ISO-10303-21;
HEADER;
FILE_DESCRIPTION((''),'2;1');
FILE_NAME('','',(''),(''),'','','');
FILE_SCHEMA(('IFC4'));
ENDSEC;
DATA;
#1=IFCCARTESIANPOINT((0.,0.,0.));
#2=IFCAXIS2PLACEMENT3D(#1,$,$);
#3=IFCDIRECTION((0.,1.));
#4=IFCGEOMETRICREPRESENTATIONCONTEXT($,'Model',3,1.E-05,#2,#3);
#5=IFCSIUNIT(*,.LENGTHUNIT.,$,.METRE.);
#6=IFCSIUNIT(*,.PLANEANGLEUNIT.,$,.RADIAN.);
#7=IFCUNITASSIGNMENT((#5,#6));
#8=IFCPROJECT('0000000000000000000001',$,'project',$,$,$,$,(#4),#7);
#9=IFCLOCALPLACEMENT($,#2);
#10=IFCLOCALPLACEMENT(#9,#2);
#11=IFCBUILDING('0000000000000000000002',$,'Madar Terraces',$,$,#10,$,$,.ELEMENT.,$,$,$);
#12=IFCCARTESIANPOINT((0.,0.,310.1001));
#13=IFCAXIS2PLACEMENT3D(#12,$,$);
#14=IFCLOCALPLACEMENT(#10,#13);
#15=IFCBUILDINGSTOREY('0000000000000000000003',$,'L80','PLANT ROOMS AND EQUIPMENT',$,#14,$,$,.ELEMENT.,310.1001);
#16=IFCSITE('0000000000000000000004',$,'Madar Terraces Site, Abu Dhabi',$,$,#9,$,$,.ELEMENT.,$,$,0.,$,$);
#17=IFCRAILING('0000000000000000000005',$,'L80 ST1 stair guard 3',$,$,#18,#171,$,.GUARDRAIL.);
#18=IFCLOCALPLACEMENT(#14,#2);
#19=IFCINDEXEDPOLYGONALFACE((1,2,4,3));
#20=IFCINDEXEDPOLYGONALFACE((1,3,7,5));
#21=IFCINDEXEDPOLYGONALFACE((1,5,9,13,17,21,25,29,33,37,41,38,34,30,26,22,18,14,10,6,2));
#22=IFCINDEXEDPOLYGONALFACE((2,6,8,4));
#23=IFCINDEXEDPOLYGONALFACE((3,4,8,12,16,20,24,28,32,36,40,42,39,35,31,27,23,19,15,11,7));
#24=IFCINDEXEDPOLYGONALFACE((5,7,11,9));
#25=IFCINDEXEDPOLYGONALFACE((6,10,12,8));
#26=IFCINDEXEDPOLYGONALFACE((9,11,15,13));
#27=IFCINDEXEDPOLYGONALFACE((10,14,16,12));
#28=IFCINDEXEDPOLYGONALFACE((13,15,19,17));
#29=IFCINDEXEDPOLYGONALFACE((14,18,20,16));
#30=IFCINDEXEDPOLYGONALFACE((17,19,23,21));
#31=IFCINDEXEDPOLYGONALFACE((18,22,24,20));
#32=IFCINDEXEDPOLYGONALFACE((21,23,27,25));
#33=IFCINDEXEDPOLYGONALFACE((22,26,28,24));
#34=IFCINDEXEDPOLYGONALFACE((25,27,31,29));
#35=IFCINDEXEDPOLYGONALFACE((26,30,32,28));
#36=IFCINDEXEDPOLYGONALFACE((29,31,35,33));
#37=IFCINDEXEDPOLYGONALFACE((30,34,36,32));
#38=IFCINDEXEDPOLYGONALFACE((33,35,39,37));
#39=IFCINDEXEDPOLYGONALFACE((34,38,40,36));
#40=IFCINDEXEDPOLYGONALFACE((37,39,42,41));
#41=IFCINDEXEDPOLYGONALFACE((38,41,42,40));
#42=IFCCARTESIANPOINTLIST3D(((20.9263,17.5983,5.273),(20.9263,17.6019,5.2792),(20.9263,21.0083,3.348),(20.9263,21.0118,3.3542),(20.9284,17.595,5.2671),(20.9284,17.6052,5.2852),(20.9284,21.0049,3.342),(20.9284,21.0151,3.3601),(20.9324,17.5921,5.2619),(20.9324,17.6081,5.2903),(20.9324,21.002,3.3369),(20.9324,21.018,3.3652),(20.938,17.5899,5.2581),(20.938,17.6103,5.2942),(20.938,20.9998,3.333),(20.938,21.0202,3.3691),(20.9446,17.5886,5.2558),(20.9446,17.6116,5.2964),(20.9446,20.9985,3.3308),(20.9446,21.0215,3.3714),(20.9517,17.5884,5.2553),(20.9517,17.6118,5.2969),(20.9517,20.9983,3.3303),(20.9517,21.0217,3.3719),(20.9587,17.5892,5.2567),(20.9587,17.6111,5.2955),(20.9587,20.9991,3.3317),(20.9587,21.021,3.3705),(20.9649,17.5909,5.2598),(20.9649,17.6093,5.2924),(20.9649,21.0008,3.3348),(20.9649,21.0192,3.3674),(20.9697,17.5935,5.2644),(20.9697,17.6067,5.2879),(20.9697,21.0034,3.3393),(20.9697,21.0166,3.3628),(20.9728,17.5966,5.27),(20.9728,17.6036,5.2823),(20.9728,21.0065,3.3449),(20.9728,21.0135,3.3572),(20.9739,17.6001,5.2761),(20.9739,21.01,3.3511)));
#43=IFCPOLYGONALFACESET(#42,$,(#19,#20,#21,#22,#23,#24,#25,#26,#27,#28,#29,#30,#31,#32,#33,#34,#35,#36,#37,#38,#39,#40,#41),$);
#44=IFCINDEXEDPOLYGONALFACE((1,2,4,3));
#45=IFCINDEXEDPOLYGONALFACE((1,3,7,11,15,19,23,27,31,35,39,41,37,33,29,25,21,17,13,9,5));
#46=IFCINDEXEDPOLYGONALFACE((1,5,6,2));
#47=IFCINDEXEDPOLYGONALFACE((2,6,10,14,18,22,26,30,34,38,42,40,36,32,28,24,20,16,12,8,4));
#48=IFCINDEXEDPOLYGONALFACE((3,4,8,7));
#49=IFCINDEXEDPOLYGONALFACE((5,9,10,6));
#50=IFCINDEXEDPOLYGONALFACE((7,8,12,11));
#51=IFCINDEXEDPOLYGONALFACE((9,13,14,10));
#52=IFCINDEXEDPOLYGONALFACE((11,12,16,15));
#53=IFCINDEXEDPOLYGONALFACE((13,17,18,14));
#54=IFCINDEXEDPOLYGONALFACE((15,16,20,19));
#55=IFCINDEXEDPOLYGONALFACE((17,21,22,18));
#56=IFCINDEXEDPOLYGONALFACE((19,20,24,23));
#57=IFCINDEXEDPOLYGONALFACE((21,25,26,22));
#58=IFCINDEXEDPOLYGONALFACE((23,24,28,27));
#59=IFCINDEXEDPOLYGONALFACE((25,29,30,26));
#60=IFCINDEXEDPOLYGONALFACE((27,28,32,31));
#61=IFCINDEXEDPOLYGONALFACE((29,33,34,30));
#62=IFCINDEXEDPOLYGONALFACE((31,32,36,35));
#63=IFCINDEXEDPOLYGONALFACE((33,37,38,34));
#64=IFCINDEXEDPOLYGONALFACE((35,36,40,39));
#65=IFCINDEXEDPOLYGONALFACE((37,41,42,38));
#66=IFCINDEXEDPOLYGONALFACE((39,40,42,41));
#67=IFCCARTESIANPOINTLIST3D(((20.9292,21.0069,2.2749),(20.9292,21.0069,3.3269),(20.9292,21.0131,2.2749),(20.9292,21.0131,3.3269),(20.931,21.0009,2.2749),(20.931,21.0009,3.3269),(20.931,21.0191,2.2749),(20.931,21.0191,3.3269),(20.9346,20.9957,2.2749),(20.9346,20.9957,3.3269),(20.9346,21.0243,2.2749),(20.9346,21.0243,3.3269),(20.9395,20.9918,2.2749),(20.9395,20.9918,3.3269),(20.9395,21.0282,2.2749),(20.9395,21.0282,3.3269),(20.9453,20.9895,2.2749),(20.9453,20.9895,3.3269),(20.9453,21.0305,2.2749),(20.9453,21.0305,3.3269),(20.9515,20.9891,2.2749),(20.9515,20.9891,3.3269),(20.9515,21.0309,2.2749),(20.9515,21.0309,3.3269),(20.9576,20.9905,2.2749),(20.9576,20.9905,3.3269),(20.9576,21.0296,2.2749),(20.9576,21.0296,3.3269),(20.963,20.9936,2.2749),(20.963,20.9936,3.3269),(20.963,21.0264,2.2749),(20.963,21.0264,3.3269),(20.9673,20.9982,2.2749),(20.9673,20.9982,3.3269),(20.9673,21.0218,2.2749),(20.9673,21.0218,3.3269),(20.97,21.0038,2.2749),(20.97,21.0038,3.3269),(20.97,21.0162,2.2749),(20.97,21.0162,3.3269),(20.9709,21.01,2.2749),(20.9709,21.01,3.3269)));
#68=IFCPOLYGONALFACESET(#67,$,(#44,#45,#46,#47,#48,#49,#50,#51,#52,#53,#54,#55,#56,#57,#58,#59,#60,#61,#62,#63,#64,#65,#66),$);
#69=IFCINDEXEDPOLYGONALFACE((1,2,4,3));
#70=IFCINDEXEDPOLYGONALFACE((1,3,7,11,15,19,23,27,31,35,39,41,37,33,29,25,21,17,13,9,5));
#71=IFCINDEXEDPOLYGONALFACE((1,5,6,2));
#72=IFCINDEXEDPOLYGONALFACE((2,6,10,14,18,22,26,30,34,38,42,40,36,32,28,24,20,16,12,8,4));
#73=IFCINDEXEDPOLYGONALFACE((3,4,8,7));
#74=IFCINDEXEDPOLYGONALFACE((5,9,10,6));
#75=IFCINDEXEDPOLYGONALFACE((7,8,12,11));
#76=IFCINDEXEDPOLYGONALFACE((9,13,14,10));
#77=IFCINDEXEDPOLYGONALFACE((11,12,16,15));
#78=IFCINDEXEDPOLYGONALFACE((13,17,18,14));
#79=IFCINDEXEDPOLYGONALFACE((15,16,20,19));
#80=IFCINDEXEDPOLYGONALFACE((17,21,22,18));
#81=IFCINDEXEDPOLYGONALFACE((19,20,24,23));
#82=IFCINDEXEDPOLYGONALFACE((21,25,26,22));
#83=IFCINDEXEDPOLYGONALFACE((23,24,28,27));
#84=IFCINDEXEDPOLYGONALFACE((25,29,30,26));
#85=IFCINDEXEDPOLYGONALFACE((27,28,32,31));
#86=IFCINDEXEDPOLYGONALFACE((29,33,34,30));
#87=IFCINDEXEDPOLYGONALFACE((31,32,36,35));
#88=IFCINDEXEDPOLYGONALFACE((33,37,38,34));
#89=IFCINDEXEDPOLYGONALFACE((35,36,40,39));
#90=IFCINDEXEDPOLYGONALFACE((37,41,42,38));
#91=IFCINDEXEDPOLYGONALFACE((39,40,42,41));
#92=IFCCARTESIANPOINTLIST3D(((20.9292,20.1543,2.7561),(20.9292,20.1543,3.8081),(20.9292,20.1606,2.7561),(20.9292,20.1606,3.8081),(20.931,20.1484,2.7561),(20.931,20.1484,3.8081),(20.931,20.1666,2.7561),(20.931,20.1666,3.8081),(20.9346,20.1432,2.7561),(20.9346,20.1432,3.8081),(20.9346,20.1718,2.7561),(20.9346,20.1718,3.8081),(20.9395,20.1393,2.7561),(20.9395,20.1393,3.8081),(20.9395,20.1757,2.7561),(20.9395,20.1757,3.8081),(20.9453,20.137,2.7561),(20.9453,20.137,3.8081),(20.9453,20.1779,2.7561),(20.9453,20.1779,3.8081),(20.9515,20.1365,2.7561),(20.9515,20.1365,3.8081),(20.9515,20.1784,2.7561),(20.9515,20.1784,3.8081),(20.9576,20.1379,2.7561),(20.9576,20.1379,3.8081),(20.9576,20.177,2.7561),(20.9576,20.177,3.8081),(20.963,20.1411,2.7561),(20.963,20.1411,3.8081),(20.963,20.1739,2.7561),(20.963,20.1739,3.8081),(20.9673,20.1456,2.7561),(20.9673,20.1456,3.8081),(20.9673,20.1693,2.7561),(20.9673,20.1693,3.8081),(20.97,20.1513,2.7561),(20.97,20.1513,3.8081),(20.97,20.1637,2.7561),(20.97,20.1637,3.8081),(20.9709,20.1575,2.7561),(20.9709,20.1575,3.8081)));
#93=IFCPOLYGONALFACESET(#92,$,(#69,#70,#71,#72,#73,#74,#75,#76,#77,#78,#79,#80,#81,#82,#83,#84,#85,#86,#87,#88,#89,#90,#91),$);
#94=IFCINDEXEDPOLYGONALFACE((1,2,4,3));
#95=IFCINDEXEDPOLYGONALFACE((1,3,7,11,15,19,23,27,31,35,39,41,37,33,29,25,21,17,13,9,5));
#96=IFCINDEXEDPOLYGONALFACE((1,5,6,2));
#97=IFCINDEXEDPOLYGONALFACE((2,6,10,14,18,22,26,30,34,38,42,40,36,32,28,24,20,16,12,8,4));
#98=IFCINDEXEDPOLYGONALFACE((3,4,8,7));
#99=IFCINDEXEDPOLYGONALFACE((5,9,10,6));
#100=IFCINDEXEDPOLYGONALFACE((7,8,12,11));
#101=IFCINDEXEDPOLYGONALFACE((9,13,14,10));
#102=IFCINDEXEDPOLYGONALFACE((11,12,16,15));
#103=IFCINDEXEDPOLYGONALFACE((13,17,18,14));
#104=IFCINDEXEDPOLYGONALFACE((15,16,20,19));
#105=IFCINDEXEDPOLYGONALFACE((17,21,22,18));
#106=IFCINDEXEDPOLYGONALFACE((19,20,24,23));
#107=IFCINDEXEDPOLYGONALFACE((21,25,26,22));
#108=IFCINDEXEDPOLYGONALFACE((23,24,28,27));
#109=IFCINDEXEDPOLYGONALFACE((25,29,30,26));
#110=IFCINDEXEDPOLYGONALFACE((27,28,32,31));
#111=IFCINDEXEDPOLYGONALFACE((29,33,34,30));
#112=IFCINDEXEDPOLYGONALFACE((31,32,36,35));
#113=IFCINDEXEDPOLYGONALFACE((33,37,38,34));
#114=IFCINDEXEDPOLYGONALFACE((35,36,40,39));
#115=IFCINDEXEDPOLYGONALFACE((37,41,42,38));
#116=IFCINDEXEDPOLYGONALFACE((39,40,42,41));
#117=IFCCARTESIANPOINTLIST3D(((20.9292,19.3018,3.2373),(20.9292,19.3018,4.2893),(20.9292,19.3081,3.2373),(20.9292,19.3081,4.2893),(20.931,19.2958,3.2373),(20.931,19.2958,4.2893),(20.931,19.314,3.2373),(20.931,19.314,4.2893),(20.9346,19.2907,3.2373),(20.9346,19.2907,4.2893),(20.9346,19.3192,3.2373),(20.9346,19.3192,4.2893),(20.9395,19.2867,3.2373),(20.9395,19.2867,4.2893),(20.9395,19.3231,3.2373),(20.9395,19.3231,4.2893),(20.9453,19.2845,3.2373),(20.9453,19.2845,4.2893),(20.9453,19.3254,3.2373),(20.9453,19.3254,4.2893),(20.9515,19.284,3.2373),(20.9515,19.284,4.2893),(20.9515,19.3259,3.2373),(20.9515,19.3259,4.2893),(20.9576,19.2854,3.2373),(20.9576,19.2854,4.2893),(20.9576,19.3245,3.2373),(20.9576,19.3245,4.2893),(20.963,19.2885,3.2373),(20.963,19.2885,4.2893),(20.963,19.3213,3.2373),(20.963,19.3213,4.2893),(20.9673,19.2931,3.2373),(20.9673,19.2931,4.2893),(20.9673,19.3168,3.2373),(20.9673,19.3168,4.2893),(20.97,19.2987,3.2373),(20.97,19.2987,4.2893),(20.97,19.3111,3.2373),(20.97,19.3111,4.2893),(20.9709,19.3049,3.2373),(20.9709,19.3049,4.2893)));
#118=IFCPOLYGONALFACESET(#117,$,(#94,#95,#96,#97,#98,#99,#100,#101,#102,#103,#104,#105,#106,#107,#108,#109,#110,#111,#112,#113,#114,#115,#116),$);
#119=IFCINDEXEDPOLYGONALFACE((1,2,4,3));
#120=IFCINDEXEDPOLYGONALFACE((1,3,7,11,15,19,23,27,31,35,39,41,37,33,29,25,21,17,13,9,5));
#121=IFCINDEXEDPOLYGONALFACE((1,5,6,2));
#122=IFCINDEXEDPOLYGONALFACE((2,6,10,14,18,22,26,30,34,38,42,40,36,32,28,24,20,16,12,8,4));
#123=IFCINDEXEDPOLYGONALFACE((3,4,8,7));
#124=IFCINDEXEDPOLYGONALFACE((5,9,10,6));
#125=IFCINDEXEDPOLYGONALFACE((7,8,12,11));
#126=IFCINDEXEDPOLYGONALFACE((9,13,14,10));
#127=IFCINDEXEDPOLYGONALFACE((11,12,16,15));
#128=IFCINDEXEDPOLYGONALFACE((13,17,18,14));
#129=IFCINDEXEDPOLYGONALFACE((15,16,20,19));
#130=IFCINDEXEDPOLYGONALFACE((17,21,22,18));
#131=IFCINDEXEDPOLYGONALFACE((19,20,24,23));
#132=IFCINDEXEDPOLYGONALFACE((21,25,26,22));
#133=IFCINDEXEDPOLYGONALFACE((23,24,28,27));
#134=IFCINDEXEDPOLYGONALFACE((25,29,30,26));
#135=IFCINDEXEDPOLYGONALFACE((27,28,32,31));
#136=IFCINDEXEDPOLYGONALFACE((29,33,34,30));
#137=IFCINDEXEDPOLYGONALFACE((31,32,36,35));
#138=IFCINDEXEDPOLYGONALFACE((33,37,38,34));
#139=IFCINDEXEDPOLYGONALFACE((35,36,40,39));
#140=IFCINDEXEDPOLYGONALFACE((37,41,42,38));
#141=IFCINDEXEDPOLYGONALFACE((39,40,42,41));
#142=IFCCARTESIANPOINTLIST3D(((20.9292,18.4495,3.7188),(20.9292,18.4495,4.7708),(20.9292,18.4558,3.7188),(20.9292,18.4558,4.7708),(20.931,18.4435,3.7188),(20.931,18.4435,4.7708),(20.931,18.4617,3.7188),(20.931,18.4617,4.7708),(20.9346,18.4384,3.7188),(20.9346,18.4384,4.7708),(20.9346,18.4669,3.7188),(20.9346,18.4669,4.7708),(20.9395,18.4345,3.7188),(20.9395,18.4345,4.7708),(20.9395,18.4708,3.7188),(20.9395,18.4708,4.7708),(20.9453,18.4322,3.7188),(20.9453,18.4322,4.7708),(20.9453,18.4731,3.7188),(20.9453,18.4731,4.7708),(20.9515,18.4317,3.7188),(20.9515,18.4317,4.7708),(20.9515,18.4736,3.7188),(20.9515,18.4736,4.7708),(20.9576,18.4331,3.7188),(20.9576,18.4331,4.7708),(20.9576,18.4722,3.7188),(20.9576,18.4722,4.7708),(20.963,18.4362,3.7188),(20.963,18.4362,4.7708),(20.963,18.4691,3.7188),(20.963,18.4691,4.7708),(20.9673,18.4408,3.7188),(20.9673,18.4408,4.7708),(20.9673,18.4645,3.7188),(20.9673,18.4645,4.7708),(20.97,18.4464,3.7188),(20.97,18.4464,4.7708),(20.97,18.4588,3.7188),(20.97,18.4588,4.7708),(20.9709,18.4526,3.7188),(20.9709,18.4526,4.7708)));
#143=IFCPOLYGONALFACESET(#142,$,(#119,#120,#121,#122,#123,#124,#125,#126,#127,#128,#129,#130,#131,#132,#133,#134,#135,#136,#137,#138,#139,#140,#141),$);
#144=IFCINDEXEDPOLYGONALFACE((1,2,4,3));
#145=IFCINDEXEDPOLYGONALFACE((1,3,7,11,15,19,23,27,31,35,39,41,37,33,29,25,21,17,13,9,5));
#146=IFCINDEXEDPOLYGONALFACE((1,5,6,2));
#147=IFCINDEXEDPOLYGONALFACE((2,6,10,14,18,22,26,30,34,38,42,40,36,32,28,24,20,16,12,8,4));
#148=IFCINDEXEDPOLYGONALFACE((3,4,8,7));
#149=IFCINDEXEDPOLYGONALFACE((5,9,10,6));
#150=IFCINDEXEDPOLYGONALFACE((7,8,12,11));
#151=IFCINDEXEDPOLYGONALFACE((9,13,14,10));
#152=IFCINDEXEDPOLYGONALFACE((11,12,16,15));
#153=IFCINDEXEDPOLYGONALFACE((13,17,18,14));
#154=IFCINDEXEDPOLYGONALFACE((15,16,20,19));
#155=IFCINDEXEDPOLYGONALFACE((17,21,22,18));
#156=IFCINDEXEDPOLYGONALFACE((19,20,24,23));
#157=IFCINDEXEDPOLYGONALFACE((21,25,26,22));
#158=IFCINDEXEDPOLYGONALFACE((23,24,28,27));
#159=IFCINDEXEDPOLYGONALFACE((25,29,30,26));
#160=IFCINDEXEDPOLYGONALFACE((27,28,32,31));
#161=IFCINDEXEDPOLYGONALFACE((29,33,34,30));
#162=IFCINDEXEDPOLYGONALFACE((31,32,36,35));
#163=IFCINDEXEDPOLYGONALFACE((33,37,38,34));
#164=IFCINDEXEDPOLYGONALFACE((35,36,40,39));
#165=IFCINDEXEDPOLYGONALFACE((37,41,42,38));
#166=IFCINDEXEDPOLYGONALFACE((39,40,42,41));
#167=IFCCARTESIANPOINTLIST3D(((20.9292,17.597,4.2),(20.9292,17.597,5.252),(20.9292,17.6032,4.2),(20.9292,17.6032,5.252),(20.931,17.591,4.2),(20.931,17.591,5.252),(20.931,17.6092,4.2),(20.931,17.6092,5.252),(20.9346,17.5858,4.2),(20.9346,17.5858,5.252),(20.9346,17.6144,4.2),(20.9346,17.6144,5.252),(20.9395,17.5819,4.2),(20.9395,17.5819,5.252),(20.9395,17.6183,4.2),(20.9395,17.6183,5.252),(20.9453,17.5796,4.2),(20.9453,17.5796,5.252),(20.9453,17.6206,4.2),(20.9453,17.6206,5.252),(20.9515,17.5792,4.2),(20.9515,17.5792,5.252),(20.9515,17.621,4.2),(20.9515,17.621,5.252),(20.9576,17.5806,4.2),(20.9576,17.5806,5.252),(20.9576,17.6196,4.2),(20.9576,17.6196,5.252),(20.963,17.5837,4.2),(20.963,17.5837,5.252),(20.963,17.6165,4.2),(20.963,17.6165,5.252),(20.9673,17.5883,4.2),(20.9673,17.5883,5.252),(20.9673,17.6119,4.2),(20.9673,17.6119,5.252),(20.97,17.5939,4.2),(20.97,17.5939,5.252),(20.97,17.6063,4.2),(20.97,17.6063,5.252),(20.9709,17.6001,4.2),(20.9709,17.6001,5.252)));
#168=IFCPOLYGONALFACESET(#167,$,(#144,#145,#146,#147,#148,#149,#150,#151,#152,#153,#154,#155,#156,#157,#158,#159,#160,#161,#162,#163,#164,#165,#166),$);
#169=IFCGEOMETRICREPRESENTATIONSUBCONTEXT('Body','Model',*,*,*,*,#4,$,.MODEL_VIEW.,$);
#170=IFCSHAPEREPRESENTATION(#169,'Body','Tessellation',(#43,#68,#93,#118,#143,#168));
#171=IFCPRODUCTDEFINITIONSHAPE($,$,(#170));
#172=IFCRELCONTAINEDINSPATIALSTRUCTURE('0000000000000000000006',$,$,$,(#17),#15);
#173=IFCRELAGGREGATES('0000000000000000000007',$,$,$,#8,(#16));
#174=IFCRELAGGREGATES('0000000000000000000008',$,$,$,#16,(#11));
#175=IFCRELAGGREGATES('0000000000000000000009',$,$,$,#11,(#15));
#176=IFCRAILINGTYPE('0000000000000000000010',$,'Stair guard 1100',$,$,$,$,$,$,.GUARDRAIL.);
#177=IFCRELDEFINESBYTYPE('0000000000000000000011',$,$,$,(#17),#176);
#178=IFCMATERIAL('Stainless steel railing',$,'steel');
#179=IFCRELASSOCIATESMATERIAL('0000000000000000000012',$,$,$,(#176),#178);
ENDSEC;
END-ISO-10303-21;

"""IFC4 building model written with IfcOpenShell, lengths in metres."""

from ifc_helpers import new_model, si_unit, direction, frame, origin, origin_2d, place, context, subcontext, project, spatial, circle, extrude, material, type_object, element, save


model = new_model("IFC4")

# Units and contexts
model_context = context("Model", 3, precision=1e-05, world=origin(), true_north=direction((0.0, 1.0)))
body_context = subcontext(model_context, "Body", "Model", "MODEL_VIEW")
ifc_project = project(units=[si_unit("LENGTHUNIT", "METRE"), si_unit("PLANEANGLEUNIT", "RADIAN")], contexts=[model_context])

# Site, building, storey
site_placement = place(None, origin())
site = spatial("IfcSite", under=ifc_project, at=site_placement, Name="Madar Terraces Site, Abu Dhabi", CompositionType="ELEMENT", RefElevation=0.0)
building_placement = place(site_placement, origin())
building = spatial("IfcBuilding", under=site, at=building_placement, Name="Madar Terraces", CompositionType="ELEMENT")
storey_placement = place(building_placement, frame((0.0, 0.0, 310.1001)))
storey = spatial("IfcBuildingStorey", under=building, at=storey_placement, Name="L80", Description="PLANT ROOMS AND EQUIPMENT", CompositionType="ELEMENT", Elevation=310.1001)

# Railing
ifc_material_1 = material(Name="Stainless steel railing", Category="steel")
railing_type = type_object("IfcRailingType", Name="Stair guard 1100", PredefinedType="GUARDRAIL", material=ifc_material_1)
railing_1_placement = place(storey_placement, frame((20.95, 21.01, 2.2749)))
element("IfcRailing", 1, at=railing_1_placement, inside=storey, type_object=railing_type, Name="L80 ST1 stair guard 3", PredefinedType="GUARDRAIL", context=body_context, shape_type="SweptSolid", body=[
    extrude(circle(Radius=0.0239, at=origin_2d()), frame((0.0, 0.0, 1.0762), z_axis=(0.0, -0.870814, 0.491613), x_axis=(1.0, 0.0, 0.0)), (0.0, 0.0, 1.0), 3.9158),
    extrude(circle(Radius=0.021, at=origin_2d()), origin(), (0.0, 0.0, 1.0), 1.052),
    extrude(circle(Radius=0.021, at=origin_2d()), frame((0.0, -0.8525, 0.4812)), (0.0, 0.0, 1.0), 1.052),
    extrude(circle(Radius=0.021, at=origin_2d()), frame((0.0, -1.7051, 0.9624)), (0.0, 0.0, 1.0), 1.052),
    extrude(circle(Radius=0.021, at=origin_2d()), frame((0.0, -2.5574, 1.4438)), (0.0, 0.0, 1.0), 1.052),
    extrude(circle(Radius=0.021, at=origin_2d()), frame((0.0, -3.4099, 1.925)), (0.0, 0.0, 1.0), 1.052),
])

save(model, "model.ifc")
